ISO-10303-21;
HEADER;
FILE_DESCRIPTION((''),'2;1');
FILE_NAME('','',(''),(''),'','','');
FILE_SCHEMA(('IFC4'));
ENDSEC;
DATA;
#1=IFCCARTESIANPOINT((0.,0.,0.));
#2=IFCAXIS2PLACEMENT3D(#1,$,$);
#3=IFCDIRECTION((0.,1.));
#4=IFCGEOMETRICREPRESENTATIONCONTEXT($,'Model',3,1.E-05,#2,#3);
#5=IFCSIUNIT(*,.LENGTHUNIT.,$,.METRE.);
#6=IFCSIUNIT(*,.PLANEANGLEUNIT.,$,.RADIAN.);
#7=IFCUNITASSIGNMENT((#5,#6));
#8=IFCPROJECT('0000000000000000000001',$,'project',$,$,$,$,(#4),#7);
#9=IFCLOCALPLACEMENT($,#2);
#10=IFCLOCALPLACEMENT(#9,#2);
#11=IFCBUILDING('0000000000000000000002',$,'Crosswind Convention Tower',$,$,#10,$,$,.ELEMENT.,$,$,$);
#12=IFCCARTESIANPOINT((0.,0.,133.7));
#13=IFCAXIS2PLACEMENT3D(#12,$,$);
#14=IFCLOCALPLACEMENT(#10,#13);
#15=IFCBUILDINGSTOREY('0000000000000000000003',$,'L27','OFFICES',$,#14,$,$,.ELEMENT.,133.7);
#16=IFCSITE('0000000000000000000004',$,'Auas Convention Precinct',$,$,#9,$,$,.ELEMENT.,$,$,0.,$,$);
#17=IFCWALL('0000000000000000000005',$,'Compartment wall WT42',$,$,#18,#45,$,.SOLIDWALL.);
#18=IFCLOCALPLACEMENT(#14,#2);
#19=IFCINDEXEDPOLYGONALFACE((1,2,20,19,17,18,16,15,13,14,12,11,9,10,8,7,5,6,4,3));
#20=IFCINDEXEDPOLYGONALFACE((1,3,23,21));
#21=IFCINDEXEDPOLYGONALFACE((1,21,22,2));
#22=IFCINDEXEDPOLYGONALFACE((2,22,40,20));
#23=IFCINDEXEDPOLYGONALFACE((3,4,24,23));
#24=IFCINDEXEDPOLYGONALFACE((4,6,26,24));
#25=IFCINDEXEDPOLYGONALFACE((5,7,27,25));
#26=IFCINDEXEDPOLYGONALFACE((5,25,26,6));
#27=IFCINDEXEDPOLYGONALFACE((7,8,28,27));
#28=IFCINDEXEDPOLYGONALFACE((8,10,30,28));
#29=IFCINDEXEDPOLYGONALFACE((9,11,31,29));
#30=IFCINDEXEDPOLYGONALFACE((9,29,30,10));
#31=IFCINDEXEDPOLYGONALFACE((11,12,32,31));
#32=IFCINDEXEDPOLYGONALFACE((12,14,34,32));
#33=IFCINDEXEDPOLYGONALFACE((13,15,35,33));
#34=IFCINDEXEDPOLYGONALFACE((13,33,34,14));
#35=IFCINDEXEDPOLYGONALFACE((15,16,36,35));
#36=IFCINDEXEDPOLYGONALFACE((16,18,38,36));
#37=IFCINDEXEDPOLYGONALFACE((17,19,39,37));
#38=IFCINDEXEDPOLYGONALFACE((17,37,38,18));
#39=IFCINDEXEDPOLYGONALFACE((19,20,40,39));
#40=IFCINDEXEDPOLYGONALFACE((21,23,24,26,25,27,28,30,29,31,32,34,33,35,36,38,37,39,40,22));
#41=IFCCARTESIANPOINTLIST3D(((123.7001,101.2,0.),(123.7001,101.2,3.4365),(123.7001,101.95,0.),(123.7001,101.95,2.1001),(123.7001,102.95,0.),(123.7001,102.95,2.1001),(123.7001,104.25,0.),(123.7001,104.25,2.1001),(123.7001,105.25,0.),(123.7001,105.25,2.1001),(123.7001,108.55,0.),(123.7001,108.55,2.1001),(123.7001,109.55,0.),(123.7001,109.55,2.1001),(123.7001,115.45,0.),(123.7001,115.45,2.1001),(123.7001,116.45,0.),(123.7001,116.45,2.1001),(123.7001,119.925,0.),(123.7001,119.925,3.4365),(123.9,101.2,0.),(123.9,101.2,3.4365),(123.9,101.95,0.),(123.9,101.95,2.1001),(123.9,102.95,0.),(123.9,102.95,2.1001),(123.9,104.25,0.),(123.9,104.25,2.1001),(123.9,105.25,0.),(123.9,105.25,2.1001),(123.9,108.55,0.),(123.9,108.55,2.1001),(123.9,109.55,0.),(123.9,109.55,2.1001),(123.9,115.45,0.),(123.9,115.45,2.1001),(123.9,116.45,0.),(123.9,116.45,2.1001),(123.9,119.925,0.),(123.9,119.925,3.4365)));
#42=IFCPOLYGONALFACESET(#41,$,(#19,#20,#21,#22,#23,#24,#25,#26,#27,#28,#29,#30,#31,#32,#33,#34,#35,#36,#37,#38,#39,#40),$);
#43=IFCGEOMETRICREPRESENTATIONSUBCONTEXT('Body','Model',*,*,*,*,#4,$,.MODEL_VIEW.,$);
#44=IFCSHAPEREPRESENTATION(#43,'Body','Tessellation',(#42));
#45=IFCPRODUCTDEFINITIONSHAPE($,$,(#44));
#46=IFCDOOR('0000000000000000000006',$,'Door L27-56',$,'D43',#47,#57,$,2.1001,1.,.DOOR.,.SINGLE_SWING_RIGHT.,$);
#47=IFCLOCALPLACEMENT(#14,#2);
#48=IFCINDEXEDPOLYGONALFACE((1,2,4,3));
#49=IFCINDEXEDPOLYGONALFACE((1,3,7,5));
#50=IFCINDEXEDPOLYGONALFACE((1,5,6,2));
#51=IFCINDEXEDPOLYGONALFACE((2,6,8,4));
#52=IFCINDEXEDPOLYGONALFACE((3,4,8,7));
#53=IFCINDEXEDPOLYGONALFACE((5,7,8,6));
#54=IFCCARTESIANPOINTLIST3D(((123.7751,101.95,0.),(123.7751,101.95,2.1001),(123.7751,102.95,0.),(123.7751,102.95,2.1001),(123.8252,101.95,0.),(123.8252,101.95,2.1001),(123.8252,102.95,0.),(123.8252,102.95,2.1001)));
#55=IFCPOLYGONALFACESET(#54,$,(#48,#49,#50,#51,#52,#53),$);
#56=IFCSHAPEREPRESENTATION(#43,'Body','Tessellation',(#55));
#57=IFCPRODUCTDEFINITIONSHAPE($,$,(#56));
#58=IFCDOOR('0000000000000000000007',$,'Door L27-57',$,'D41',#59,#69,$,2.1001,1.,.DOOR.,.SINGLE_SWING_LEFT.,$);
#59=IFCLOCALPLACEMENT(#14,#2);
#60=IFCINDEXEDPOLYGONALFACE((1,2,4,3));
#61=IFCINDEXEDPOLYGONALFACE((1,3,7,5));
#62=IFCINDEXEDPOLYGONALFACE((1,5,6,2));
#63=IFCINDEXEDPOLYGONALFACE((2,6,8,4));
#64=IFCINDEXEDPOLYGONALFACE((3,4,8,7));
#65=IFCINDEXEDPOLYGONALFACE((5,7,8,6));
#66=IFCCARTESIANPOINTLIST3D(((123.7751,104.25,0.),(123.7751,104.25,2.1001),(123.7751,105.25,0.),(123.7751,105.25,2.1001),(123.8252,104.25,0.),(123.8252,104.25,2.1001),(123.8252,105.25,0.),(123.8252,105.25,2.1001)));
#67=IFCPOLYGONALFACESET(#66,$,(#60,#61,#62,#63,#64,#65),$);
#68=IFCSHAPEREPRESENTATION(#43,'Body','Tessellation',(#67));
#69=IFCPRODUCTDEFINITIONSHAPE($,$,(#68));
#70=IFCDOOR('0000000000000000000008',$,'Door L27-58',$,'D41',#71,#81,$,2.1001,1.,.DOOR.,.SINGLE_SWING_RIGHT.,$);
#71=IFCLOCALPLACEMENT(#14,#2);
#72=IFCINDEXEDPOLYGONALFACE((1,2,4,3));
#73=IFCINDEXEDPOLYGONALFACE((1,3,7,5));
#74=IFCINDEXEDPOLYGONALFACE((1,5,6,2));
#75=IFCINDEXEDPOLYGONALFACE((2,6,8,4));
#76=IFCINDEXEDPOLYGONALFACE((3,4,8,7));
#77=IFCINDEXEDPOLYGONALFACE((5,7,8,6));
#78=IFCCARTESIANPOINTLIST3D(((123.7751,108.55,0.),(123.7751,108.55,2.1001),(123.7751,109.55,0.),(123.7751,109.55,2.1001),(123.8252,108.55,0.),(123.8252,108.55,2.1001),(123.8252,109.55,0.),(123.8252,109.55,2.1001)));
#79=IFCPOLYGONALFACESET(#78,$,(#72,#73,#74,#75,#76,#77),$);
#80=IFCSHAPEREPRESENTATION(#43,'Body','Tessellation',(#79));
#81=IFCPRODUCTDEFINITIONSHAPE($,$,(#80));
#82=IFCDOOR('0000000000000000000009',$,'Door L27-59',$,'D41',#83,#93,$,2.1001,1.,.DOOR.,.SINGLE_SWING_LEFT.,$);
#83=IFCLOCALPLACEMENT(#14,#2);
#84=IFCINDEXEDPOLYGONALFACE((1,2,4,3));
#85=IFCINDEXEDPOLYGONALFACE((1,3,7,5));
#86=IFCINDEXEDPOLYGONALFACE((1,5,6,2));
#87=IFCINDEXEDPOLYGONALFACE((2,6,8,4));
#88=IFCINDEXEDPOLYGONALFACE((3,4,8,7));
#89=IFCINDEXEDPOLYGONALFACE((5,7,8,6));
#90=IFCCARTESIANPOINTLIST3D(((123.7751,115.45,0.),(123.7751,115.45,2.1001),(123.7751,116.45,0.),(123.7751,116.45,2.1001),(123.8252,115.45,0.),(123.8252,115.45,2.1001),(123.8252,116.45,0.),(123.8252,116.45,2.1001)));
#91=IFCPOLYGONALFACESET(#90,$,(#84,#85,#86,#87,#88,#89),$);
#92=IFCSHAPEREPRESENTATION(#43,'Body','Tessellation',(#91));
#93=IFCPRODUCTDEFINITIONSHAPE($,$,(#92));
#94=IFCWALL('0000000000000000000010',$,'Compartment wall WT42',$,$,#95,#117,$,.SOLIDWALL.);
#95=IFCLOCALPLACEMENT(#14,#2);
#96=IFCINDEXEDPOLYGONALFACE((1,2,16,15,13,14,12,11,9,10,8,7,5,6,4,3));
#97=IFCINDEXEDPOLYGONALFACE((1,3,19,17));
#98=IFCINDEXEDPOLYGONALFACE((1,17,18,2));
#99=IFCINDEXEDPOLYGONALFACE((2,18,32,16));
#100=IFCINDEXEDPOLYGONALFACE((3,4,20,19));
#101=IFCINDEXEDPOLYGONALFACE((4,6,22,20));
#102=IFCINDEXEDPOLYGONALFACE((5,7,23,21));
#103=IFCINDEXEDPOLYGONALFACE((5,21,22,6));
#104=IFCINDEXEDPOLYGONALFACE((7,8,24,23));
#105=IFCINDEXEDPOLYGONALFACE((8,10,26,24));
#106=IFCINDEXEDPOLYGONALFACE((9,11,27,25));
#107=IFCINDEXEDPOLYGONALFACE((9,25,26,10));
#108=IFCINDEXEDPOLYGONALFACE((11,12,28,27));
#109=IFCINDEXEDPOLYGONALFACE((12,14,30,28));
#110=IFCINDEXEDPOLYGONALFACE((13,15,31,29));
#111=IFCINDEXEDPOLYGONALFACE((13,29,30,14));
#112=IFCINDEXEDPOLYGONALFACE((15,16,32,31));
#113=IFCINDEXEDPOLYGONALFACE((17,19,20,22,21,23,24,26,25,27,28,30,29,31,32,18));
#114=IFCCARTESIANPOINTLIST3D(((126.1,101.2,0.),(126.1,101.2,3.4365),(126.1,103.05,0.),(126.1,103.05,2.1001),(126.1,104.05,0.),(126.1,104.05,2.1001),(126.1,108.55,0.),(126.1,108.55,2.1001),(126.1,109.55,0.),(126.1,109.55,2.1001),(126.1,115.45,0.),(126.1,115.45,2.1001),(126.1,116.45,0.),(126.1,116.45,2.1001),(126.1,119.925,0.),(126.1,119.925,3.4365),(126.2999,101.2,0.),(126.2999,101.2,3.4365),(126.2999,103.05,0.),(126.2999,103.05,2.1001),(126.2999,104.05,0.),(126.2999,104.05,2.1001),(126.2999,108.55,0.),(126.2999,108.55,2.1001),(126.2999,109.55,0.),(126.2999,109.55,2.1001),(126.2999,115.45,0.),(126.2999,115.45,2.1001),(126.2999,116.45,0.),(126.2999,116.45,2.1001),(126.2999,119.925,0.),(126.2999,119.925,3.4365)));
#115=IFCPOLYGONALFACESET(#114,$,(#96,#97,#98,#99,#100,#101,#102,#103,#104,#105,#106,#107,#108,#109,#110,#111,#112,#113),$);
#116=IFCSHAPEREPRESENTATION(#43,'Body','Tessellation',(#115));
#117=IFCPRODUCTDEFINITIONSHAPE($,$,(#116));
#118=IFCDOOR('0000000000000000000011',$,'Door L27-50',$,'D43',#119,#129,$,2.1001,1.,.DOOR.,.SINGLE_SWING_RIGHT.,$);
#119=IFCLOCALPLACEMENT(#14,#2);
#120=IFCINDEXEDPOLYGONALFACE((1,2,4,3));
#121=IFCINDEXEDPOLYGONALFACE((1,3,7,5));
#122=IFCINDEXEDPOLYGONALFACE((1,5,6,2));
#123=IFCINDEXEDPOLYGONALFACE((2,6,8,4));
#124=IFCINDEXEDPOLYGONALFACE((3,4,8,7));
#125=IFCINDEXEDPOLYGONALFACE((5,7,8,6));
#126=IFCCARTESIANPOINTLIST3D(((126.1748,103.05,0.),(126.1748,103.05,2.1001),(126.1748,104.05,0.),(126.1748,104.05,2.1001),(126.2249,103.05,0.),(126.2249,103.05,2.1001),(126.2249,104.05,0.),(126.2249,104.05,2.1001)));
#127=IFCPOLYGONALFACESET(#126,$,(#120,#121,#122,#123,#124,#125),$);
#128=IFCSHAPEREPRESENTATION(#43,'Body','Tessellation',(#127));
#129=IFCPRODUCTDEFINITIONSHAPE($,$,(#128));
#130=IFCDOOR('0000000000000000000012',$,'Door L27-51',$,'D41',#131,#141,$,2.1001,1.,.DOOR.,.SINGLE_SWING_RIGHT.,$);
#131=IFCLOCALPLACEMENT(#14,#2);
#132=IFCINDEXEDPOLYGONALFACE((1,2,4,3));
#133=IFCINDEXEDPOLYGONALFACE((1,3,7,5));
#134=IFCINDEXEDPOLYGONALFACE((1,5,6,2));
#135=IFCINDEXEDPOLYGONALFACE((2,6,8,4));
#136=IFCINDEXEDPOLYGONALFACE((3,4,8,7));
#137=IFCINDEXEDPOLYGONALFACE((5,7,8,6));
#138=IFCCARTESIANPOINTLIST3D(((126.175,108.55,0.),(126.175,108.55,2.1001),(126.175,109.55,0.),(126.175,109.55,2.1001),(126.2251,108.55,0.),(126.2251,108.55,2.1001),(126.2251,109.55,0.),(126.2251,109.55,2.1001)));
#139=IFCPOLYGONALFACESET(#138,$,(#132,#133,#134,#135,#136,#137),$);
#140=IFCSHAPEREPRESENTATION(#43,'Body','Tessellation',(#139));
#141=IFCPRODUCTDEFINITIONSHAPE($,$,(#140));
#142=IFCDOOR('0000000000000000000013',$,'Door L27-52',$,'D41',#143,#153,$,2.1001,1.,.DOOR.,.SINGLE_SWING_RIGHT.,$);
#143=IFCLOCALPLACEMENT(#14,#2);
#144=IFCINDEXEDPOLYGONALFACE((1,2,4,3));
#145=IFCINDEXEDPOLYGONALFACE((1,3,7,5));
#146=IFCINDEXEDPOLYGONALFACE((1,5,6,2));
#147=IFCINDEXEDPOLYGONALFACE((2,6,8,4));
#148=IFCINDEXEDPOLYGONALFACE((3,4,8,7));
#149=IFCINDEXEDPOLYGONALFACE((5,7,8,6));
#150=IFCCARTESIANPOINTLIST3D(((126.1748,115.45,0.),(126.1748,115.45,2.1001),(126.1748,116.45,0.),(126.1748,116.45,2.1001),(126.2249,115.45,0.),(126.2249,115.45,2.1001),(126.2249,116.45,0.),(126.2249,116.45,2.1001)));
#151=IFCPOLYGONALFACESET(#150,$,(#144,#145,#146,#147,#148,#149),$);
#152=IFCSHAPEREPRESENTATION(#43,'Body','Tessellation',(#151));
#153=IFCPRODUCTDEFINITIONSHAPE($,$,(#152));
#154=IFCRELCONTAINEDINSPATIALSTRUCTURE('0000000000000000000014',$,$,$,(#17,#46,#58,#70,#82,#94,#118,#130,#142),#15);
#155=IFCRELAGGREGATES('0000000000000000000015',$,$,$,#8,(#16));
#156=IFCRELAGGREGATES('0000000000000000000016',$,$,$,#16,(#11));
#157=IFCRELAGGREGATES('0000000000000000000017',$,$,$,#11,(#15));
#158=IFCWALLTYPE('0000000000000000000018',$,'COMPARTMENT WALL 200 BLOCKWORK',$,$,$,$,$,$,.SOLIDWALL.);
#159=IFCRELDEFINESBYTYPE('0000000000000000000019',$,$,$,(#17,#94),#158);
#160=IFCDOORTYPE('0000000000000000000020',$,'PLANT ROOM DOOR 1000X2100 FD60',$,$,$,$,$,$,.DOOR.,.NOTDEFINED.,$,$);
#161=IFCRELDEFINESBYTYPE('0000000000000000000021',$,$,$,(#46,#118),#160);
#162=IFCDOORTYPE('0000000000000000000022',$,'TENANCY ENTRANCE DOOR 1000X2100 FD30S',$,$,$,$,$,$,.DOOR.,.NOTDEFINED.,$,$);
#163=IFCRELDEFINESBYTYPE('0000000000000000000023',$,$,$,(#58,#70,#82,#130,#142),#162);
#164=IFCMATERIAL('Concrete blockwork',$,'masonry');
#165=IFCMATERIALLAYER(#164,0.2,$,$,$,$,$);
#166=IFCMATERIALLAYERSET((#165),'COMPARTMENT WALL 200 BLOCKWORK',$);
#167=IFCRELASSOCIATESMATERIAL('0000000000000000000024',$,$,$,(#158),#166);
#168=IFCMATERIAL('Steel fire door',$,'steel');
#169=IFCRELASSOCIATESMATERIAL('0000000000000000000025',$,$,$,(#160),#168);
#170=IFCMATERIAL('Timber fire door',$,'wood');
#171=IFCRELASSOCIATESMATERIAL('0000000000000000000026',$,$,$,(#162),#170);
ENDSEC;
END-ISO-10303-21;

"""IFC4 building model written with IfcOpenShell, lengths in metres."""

from ifc_helpers import new_model, si_unit, direction, frame, frame_2d, origin, place, context, subcontext, project, spatial, rectangle, extrude, material, layer, layer_set, type_object, element, fill, save


model = new_model("IFC4")

# Units and contexts
model_context = context("Model", 3, precision=1e-05, world=origin(), true_north=direction((0.0, 1.0)))
body_context = subcontext(model_context, "Body", "Model", "MODEL_VIEW")
ifc_project = project(units=[si_unit("LENGTHUNIT", "METRE"), si_unit("PLANEANGLEUNIT", "RADIAN")], contexts=[model_context])

# Site, building, storey
site_placement = place(None, origin())
site = spatial("IfcSite", under=ifc_project, at=site_placement, Name="Auas Convention Precinct", CompositionType="ELEMENT", RefElevation=0.0)
building_placement = place(site_placement, origin())
building = spatial("IfcBuilding", under=site, at=building_placement, Name="Crosswind Convention Tower", CompositionType="ELEMENT")
storey_placement = place(building_placement, frame((0.0, 0.0, 133.7)))
storey = spatial("IfcBuildingStorey", under=building, at=storey_placement, Name="L27", Description="OFFICES", CompositionType="ELEMENT", Elevation=133.7)

# Walls, openings, doors
ifc_material_1 = material(Name="Concrete blockwork", Category="masonry")
ifc_layer_1 = layer(ifc_material_1, 0.2)
ifc_layer_set_1 = layer_set([ifc_layer_1], Name="COMPARTMENT WALL 200 BLOCKWORK")
wall_type_1 = type_object("IfcWallType", Name="COMPARTMENT WALL 200 BLOCKWORK", PredefinedType="SOLIDWALL", material=ifc_layer_set_1)
wall_1_placement = place(storey_placement, frame((123.8, 101.2, 0.0), z_axis=(0.0, 0.0, 1.0), x_axis=(0.0, 1.0, 0.0)))
wall_1 = element("IfcWall", 1, at=wall_1_placement, inside=storey, type_object=wall_type_1, Name="Compartment wall WT42", PredefinedType="SOLIDWALL", context=body_context, shape_type="SweptSolid", body=[
    extrude(rectangle(XDim=18.7251, YDim=0.2, at=frame_2d((9.3625, 0.0))), origin(), (0.0, 0.0, 1.0), 3.4365),
])
opening_1_placement = place(wall_1_placement, frame((0.75, 0.0, 0.0)))
opening_1 = element("IfcOpeningElement", 2, at=opening_1_placement, cuts=wall_1, PredefinedType="OPENING", context=body_context, shape_type="SweptSolid", body=[
    extrude(rectangle(XDim=1.0, YDim=2.1001, at=frame_2d((0.5, 1.05))), frame((0.0, 0.1099, 0.0), z_axis=(0.0, -1.0, 0.0), x_axis=(1.0, 0.0, 0.0)), (0.0, 0.0, 1.0), 0.22),
])
opening_2_placement = place(wall_1_placement, frame((3.05, 0.0, 0.0)))
opening_2 = element("IfcOpeningElement", 3, at=opening_2_placement, cuts=wall_1, PredefinedType="OPENING", context=body_context, shape_type="SweptSolid", body=[
    extrude(rectangle(XDim=1.0, YDim=2.1001, at=frame_2d((0.5, 1.05))), frame((0.0, 0.1099, 0.0), z_axis=(0.0, -1.0, 0.0), x_axis=(1.0, 0.0, 0.0)), (0.0, 0.0, 1.0), 0.22),
])
opening_3_placement = place(wall_1_placement, frame((7.3501, 0.0, 0.0)))
opening_3 = element("IfcOpeningElement", 4, at=opening_3_placement, cuts=wall_1, PredefinedType="OPENING", context=body_context, shape_type="SweptSolid", body=[
    extrude(rectangle(XDim=1.0, YDim=2.1001, at=frame_2d((0.5, 1.05))), frame((0.0, 0.1099, 0.0), z_axis=(0.0, -1.0, 0.0), x_axis=(1.0, 0.0, 0.0)), (0.0, 0.0, 1.0), 0.22),
])
opening_4_placement = place(wall_1_placement, frame((14.25, 0.0, 0.0)))
opening_4 = element("IfcOpeningElement", 5, at=opening_4_placement, cuts=wall_1, PredefinedType="OPENING", context=body_context, shape_type="SweptSolid", body=[
    extrude(rectangle(XDim=1.0, YDim=2.1001, at=frame_2d((0.5, 1.05))), frame((0.0, 0.1099, 0.0), z_axis=(0.0, -1.0, 0.0), x_axis=(1.0, 0.0, 0.0)), (0.0, 0.0, 1.0), 0.22),
])
ifc_material_2 = material(Name="Steel fire door", Category="steel")
door_type_1 = type_object("IfcDoorType", Name="PLANT ROOM DOOR 1000X2100 FD60", OperationType="NOTDEFINED", PredefinedType="DOOR", material=ifc_material_2)
door_1_placement = place(opening_1_placement, origin())
door_1 = element("IfcDoor", 6, at=door_1_placement, inside=storey, type_object=door_type_1, Name="Door L27-56", ObjectType="D43", OperationType="SINGLE_SWING_RIGHT", OverallHeight=2.1001, OverallWidth=1.0, PredefinedType="DOOR", context=body_context, shape_type="SweptSolid", body=[
    extrude(rectangle(XDim=1.0, YDim=2.1001, at=frame_2d((0.5, 1.05))), frame((0.0, 0.0249, 0.0), z_axis=(0.0, -1.0, 0.0), x_axis=(1.0, 0.0, 0.0)), (0.0, 0.0, 1.0), 0.05),
])
fill(opening_1, door_1)
ifc_material_3 = material(Name="Timber fire door", Category="wood")
door_type_2 = type_object("IfcDoorType", Name="TENANCY ENTRANCE DOOR 1000X2100 FD30S", OperationType="NOTDEFINED", PredefinedType="DOOR", material=ifc_material_3)
door_2_placement = place(opening_2_placement, origin())
door_2 = element("IfcDoor", 7, at=door_2_placement, inside=storey, type_object=door_type_2, Name="Door L27-57", ObjectType="D41", OperationType="SINGLE_SWING_LEFT", OverallHeight=2.1001, OverallWidth=1.0, PredefinedType="DOOR", context=body_context, shape_type="SweptSolid", body=[
    extrude(rectangle(XDim=1.0, YDim=2.1001, at=frame_2d((0.5, 1.05))), frame((0.0, 0.0249, 0.0), z_axis=(0.0, -1.0, 0.0), x_axis=(1.0, 0.0, 0.0)), (0.0, 0.0, 1.0), 0.05),
])
fill(opening_2, door_2)
door_3_placement = place(opening_3_placement, origin())
door_3 = element("IfcDoor", 8, at=door_3_placement, inside=storey, type_object=door_type_2, Name="Door L27-58", ObjectType="D41", OperationType="SINGLE_SWING_RIGHT", OverallHeight=2.1001, OverallWidth=1.0, PredefinedType="DOOR", context=body_context, shape_type="SweptSolid", body=[
    extrude(rectangle(XDim=1.0, YDim=2.1001, at=frame_2d((0.5, 1.05))), frame((0.0, 0.0249, 0.0), z_axis=(0.0, -1.0, 0.0), x_axis=(1.0, 0.0, 0.0)), (0.0, 0.0, 1.0), 0.05),
])
fill(opening_3, door_3)
door_4_placement = place(opening_4_placement, origin())
door_4 = element("IfcDoor", 9, at=door_4_placement, inside=storey, type_object=door_type_2, Name="Door L27-59", ObjectType="D41", OperationType="SINGLE_SWING_LEFT", OverallHeight=2.1001, OverallWidth=1.0, PredefinedType="DOOR", context=body_context, shape_type="SweptSolid", body=[
    extrude(rectangle(XDim=1.0, YDim=2.1001, at=frame_2d((0.5, 1.05))), frame((0.0, 0.0249, 0.0), z_axis=(0.0, -1.0, 0.0), x_axis=(1.0, 0.0, 0.0)), (0.0, 0.0, 1.0), 0.05),
])
fill(opening_4, door_4)
wall_2_placement = place(storey_placement, frame((126.2, 101.2, 0.0), z_axis=(0.0, 0.0, 1.0), x_axis=(0.0, 1.0, 0.0)))
wall_2 = element("IfcWall", 10, at=wall_2_placement, inside=storey, type_object=wall_type_1, Name="Compartment wall WT42", PredefinedType="SOLIDWALL", context=body_context, shape_type="SweptSolid", body=[
    extrude(rectangle(XDim=18.7251, YDim=0.2, at=frame_2d((9.3625, 0.0))), origin(), (0.0, 0.0, 1.0), 3.4365),
])
opening_5_placement = place(wall_2_placement, frame((1.8501, 0.0, 0.0)))
opening_5 = element("IfcOpeningElement", 11, at=opening_5_placement, cuts=wall_2, PredefinedType="OPENING", context=body_context, shape_type="SweptSolid", body=[
    extrude(rectangle(XDim=1.0, YDim=2.1001, at=frame_2d((0.5, 1.05))), frame((0.0, 0.1099, 0.0), z_axis=(0.0, -1.0, 0.0), x_axis=(1.0, 0.0, 0.0)), (0.0, 0.0, 1.0), 0.22),
])
opening_6_placement = place(wall_2_placement, frame((7.3501, 0.0, 0.0)))
opening_6 = element("IfcOpeningElement", 12, at=opening_6_placement, cuts=wall_2, PredefinedType="OPENING", context=body_context, shape_type="SweptSolid", body=[
    extrude(rectangle(XDim=1.0, YDim=2.1001, at=frame_2d((0.5, 1.05))), frame((0.0, 0.1099, 0.0), z_axis=(0.0, -1.0, 0.0), x_axis=(1.0, 0.0, 0.0)), (0.0, 0.0, 1.0), 0.22),
])
opening_7_placement = place(wall_2_placement, frame((14.25, 0.0, 0.0)))
opening_7 = element("IfcOpeningElement", 13, at=opening_7_placement, cuts=wall_2, PredefinedType="OPENING", context=body_context, shape_type="SweptSolid", body=[
    extrude(rectangle(XDim=1.0, YDim=2.1001, at=frame_2d((0.5, 1.05))), frame((0.0, 0.1099, 0.0), z_axis=(0.0, -1.0, 0.0), x_axis=(1.0, 0.0, 0.0)), (0.0, 0.0, 1.0), 0.22),
])
door_5_placement = place(opening_5_placement, frame((1.0, 0.0, 0.0), z_axis=(0.0, 0.0, 1.0), x_axis=(-1.0, 0.0, 0.0)))
door_5 = element("IfcDoor", 14, at=door_5_placement, inside=storey, type_object=door_type_1, Name="Door L27-50", ObjectType="D43", OperationType="SINGLE_SWING_RIGHT", OverallHeight=2.1001, OverallWidth=1.0, PredefinedType="DOOR", context=body_context, shape_type="SweptSolid", body=[
    extrude(rectangle(XDim=1.0, YDim=2.1001, at=frame_2d((0.5, 1.05))), frame((0.0, 0.0249, 0.0), z_axis=(0.0, -1.0, 0.0), x_axis=(1.0, 0.0, 0.0)), (0.0, 0.0, 1.0), 0.05),
])
fill(opening_5, door_5)
door_6_placement = place(opening_6_placement, origin())
door_6 = element("IfcDoor", 15, at=door_6_placement, inside=storey, type_object=door_type_2, Name="Door L27-51", ObjectType="D41", OperationType="SINGLE_SWING_RIGHT", OverallHeight=2.1001, OverallWidth=1.0, PredefinedType="DOOR", context=body_context, shape_type="SweptSolid", body=[
    extrude(rectangle(XDim=1.0, YDim=2.1001, at=frame_2d((0.5, 1.05))), frame((0.0, 0.0249, 0.0), z_axis=(0.0, -1.0, 0.0), x_axis=(1.0, 0.0, 0.0)), (0.0, 0.0, 1.0), 0.05),
])
fill(opening_6, door_6)
door_7_placement = place(opening_7_placement, frame((1.0, 0.0, 0.0), z_axis=(0.0, 0.0, 1.0), x_axis=(-1.0, 0.0, 0.0)))
door_7 = element("IfcDoor", 16, at=door_7_placement, inside=storey, type_object=door_type_2, Name="Door L27-52", ObjectType="D41", OperationType="SINGLE_SWING_RIGHT", OverallHeight=2.1001, OverallWidth=1.0, PredefinedType="DOOR", context=body_context, shape_type="SweptSolid", body=[
    extrude(rectangle(XDim=1.0, YDim=2.1001, at=frame_2d((0.5, 1.05))), frame((0.0, 0.0249, 0.0), z_axis=(0.0, -1.0, 0.0), x_axis=(1.0, 0.0, 0.0)), (0.0, 0.0, 1.0), 0.05),
])
fill(opening_7, door_7)

save(model, "model.ifc")
